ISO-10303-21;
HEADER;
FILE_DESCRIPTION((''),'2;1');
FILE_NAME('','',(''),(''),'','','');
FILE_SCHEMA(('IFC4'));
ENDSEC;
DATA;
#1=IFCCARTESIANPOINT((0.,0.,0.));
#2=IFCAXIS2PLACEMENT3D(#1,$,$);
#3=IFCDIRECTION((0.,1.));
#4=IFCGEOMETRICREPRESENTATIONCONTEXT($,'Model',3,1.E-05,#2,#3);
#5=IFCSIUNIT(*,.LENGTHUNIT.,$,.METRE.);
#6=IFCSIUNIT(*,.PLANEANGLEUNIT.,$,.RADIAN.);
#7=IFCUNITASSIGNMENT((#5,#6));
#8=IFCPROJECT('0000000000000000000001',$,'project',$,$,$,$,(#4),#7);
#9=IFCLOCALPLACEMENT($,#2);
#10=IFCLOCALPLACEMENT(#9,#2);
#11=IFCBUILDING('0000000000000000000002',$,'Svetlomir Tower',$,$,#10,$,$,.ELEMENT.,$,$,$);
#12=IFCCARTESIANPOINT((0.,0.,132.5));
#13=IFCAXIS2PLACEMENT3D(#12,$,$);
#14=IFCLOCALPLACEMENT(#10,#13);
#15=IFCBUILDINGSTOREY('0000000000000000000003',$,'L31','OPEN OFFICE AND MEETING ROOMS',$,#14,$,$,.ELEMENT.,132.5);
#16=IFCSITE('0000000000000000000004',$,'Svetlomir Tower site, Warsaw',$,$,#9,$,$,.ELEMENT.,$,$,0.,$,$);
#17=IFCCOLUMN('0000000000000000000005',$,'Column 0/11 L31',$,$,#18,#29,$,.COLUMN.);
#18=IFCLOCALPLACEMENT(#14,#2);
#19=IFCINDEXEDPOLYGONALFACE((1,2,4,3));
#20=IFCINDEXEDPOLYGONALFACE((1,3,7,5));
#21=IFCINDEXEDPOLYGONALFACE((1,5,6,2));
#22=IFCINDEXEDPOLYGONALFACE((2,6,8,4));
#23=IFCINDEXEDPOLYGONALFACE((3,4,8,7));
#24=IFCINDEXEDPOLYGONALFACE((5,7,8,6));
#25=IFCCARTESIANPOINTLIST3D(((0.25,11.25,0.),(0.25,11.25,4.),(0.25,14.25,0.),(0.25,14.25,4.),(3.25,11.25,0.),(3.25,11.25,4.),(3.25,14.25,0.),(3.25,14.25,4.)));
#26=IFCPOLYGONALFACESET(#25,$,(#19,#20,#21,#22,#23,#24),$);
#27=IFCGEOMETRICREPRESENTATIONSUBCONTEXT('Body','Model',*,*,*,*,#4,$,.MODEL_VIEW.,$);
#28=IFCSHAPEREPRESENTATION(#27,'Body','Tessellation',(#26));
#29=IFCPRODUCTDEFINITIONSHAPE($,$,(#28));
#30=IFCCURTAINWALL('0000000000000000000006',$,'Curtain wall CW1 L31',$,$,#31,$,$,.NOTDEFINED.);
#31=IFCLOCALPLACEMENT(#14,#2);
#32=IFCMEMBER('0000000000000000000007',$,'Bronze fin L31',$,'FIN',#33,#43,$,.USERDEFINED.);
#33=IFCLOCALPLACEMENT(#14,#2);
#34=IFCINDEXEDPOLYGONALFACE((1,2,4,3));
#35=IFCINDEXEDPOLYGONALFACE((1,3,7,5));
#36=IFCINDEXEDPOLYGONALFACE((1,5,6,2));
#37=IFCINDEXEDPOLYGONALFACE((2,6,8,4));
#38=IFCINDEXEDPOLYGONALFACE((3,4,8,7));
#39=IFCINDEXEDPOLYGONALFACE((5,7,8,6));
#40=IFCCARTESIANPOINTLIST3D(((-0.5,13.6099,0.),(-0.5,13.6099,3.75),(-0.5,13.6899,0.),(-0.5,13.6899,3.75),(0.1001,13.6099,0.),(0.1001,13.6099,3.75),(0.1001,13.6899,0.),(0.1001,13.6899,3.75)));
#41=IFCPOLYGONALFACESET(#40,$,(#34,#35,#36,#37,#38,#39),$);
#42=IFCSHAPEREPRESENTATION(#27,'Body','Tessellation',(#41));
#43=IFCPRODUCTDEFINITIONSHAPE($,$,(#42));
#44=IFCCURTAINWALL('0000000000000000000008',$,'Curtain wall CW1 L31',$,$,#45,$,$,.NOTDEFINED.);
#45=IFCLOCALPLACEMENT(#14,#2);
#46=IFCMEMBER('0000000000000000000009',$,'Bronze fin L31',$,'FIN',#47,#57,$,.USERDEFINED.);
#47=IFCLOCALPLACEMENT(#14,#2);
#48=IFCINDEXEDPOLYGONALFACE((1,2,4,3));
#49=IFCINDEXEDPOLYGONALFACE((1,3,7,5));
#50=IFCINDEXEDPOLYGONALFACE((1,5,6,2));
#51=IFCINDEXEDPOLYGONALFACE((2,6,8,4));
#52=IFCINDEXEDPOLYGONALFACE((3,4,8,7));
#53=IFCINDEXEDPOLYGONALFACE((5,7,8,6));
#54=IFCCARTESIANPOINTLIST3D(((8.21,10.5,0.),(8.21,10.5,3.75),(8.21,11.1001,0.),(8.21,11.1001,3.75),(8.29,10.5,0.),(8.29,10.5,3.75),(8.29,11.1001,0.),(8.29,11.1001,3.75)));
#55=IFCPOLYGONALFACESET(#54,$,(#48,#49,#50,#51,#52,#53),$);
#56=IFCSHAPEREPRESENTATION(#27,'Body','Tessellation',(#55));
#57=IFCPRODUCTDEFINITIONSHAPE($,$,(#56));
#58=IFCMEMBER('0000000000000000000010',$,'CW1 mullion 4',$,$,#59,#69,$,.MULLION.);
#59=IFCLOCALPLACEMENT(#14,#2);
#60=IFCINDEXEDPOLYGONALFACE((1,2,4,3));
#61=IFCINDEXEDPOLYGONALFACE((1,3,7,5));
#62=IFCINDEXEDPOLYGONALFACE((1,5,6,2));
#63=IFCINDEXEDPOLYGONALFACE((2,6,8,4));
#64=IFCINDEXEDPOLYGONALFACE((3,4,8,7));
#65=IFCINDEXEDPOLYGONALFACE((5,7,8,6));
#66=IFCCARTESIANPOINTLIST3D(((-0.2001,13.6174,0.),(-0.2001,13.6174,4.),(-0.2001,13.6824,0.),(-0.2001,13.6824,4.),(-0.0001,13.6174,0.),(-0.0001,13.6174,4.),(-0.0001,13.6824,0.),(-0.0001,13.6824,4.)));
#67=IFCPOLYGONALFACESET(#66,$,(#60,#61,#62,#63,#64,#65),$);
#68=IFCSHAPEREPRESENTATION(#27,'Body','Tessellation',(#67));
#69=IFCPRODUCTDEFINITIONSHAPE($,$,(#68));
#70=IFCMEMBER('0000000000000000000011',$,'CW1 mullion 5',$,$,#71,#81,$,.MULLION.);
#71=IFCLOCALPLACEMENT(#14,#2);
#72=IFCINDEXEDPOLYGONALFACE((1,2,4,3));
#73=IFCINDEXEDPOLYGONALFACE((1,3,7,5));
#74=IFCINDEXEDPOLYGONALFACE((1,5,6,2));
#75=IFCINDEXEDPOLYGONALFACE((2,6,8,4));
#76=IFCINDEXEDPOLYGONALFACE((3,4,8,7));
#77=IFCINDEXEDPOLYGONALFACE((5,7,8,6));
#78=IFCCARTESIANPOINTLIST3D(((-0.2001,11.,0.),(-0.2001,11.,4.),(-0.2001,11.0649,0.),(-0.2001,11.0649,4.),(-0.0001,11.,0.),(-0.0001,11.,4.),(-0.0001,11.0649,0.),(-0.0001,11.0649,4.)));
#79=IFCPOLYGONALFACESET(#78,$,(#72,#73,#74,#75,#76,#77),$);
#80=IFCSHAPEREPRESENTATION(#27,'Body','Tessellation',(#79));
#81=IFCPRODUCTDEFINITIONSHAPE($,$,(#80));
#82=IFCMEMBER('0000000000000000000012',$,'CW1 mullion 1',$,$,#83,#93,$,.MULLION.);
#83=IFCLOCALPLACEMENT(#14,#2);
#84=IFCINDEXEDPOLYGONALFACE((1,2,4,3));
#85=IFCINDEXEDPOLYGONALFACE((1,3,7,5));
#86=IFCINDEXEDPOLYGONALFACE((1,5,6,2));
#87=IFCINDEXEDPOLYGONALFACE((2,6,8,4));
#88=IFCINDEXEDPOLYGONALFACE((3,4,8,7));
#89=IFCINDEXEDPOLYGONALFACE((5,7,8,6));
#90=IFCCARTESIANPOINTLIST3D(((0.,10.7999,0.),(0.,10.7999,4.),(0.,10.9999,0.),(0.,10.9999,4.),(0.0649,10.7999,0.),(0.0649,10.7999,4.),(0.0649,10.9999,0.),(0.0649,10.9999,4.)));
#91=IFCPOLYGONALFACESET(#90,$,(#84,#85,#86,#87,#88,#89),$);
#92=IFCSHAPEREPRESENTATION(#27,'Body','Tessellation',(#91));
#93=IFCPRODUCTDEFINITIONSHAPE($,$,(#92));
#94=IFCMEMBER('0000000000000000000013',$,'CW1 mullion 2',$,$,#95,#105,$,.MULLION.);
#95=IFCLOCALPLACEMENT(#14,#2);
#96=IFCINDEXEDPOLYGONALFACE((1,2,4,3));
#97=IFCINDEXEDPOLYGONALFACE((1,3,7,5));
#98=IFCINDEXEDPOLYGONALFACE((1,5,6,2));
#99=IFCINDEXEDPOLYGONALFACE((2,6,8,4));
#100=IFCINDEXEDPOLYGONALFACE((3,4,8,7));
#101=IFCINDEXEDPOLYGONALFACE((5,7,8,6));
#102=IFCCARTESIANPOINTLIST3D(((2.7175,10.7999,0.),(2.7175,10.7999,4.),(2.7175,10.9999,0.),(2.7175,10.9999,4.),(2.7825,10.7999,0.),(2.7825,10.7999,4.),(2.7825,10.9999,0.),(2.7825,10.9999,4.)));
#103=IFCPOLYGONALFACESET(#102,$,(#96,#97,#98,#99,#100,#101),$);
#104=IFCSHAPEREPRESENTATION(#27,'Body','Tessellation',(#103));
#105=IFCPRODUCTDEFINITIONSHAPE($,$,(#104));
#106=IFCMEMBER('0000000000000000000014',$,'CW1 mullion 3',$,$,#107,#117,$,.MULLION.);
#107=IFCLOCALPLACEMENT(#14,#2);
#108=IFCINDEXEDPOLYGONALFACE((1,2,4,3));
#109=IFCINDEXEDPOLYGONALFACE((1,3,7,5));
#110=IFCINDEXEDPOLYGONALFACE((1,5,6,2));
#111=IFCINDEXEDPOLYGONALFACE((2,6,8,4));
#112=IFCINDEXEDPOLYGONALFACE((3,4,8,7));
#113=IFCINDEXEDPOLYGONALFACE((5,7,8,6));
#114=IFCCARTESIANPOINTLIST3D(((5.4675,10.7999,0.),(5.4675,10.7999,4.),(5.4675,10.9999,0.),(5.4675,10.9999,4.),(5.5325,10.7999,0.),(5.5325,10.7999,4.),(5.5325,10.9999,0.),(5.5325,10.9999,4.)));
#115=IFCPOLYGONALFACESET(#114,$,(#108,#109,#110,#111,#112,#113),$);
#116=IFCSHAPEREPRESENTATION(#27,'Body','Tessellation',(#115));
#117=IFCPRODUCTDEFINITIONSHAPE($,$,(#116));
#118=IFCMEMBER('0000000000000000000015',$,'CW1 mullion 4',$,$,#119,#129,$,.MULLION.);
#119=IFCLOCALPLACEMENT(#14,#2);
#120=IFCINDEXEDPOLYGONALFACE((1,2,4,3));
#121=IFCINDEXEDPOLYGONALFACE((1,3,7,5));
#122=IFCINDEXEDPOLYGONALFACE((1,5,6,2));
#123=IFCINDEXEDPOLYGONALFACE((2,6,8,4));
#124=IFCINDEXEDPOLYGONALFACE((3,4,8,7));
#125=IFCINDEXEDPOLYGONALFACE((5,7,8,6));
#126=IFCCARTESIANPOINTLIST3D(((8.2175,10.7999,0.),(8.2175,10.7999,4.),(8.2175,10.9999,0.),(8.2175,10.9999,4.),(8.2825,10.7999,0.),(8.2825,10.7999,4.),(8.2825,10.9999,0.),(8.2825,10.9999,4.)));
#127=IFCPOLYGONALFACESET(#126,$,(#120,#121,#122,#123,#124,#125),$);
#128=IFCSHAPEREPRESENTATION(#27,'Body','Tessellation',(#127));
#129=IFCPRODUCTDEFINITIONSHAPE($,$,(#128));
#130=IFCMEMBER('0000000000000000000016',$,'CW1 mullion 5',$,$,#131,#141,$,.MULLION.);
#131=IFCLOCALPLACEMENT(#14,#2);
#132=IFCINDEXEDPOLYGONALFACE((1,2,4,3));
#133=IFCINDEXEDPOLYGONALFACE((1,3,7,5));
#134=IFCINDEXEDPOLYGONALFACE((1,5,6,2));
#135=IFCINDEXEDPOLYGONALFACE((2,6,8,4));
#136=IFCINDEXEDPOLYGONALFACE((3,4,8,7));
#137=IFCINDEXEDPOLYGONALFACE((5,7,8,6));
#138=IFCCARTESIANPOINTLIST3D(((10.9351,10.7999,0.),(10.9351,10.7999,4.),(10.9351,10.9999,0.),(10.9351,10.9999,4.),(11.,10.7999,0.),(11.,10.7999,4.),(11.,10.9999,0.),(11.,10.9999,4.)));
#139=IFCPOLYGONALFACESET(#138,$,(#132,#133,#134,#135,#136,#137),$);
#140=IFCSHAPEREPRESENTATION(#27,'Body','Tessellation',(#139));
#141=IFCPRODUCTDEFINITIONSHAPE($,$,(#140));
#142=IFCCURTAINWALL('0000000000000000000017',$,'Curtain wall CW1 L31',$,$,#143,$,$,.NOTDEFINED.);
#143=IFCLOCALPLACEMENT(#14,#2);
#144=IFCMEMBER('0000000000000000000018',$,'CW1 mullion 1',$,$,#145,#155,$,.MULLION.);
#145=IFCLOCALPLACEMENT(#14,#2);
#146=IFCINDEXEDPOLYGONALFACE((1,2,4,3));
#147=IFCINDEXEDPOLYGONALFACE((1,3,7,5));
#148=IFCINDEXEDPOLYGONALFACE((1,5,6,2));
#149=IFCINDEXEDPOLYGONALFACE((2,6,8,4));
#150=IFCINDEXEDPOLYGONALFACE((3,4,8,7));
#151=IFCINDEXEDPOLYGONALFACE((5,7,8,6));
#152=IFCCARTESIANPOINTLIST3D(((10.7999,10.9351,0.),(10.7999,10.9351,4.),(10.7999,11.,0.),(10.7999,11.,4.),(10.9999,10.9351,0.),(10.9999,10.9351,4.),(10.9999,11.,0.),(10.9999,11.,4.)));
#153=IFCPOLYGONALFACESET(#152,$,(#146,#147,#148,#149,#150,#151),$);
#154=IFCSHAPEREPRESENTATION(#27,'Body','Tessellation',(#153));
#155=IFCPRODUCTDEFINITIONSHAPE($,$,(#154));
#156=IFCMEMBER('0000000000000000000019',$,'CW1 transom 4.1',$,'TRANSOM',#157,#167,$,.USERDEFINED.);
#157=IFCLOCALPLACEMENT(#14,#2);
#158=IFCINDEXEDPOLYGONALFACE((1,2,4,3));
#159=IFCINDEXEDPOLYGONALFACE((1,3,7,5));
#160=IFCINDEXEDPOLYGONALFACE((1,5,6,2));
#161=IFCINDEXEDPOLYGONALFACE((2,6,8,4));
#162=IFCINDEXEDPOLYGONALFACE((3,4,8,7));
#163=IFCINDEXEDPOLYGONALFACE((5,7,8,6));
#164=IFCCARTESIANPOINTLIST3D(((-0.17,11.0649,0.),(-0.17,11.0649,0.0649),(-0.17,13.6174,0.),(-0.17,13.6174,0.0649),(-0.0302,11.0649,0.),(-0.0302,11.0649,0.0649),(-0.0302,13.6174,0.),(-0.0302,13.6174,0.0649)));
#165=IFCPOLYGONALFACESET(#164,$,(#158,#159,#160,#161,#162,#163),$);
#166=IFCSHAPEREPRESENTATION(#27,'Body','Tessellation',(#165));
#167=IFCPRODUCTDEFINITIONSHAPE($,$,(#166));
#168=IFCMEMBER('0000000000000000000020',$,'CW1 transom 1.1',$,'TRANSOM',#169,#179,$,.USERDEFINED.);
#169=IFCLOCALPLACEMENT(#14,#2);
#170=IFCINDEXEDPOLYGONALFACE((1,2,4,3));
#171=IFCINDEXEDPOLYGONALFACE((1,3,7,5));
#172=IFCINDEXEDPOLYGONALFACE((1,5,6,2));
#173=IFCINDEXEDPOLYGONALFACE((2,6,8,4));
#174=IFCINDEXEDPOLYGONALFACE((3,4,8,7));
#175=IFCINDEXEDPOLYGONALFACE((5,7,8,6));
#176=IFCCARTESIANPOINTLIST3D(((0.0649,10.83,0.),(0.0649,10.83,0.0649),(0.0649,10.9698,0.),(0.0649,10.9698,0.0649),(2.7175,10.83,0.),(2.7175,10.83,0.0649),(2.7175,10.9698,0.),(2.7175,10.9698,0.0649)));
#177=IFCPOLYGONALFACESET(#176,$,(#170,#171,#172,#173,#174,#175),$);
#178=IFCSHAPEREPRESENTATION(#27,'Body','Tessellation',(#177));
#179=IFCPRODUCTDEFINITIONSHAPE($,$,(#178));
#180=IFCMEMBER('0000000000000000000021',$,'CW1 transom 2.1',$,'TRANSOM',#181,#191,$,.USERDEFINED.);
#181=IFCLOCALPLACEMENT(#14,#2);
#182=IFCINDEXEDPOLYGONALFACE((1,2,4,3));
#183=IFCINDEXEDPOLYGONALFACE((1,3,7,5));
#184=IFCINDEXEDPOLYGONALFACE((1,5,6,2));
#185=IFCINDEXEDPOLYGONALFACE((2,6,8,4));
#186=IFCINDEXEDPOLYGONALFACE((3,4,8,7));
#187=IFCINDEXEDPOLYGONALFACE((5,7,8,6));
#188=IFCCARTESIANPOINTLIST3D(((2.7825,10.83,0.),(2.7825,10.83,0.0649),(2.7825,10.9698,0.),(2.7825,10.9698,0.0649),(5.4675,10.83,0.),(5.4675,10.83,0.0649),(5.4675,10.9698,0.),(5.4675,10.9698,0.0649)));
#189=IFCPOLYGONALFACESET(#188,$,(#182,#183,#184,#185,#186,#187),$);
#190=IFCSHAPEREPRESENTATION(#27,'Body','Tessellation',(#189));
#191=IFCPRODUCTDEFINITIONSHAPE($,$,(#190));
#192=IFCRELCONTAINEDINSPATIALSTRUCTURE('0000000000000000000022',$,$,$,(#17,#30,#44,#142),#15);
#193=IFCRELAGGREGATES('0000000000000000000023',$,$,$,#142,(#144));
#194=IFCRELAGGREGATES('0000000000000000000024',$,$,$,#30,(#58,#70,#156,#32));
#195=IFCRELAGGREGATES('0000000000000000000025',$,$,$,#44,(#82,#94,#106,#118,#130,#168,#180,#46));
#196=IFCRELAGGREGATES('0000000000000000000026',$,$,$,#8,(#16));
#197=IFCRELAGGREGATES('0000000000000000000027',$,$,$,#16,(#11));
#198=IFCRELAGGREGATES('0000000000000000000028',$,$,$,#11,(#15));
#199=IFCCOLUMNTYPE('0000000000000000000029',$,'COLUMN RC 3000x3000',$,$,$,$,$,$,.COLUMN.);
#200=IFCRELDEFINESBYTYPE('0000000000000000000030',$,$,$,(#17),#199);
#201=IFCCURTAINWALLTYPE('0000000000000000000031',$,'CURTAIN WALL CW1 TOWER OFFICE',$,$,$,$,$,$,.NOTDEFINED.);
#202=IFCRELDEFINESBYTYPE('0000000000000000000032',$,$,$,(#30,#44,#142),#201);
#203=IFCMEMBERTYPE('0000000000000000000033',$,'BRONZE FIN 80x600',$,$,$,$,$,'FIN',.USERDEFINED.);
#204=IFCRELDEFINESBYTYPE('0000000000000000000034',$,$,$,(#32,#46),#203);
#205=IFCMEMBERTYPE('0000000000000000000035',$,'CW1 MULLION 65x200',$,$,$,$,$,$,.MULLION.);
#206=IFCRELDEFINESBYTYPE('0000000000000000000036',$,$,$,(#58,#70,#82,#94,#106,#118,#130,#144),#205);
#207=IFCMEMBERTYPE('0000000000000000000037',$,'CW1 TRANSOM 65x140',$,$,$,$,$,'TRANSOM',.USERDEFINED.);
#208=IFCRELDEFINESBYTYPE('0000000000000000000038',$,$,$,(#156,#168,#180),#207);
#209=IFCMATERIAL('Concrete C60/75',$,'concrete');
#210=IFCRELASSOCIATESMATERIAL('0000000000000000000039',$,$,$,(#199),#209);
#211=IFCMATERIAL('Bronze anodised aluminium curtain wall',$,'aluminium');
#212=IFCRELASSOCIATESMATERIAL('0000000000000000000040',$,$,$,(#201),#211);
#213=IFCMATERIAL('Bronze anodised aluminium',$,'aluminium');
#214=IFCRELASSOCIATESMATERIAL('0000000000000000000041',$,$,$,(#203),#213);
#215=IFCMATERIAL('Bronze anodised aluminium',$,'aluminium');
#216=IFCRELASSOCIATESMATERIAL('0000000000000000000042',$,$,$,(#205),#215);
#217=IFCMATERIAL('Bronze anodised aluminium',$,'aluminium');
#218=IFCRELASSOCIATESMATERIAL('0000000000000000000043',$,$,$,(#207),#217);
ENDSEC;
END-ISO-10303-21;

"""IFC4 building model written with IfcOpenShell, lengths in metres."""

from ifc_helpers import new_model, si_unit, direction, frame, origin, origin_2d, place, context, subcontext, project, spatial, rectangle, extrude, material, material_profile, profile_set, type_object, element, aggregate, save


model = new_model("IFC4")

# Units and contexts
model_context = context("Model", 3, precision=1e-05, world=origin(), true_north=direction((0.0, 1.0)))
body_context = subcontext(model_context, "Body", "Model", "MODEL_VIEW")
ifc_project = project(units=[si_unit("LENGTHUNIT", "METRE"), si_unit("PLANEANGLEUNIT", "RADIAN")], contexts=[model_context])

# Site, building, storey
site_placement = place(None, origin())
site = spatial("IfcSite", under=ifc_project, at=site_placement, Name="Svetlomir Tower site, Warsaw", CompositionType="ELEMENT", RefElevation=0.0)
building_placement = place(site_placement, origin())
building = spatial("IfcBuilding", under=site, at=building_placement, Name="Svetlomir Tower", CompositionType="ELEMENT")
storey_placement = place(building_placement, frame((0.0, 0.0, 132.5)))
storey = spatial("IfcBuildingStorey", under=building, at=storey_placement, Name="L31", Description="OPEN OFFICE AND MEETING ROOMS", CompositionType="ELEMENT", Elevation=132.5)

# Column
ifc_material_1 = material(Name="Concrete C60/75", Category="concrete")
ifc_material_profile_1 = material_profile(ifc_material_1, rectangle(XDim=3.0, YDim=3.0, at=origin_2d()), Name="RC 3000x3000")
ifc_profile_set_1 = profile_set([ifc_material_profile_1], Name="Concrete C60/75")
column_type = type_object("IfcColumnType", Name="COLUMN RC 3000x3000", PredefinedType="COLUMN", material=ifc_profile_set_1)
column_placement = place(storey_placement, frame((1.75, 12.75, 0.0), z_axis=(0.0, 0.0, 1.0), x_axis=(1.0, 0.0, 0.0)))
element("IfcColumn", 1, at=column_placement, inside=storey, type_object=column_type, Name="Column 0/11 L31", PredefinedType="COLUMN", context=body_context, shape_type="SweptSolid", body=[
    extrude(rectangle(XDim=3.0, YDim=3.0, at=origin_2d()), origin(), (0.0, 0.0, 1.0), 4.0),
])

# Curtain walls, members
ifc_material_2 = material(Name="Bronze anodised aluminium curtain wall", Category="aluminium")
curtain_wall_type = type_object("IfcCurtainWallType", Name="CURTAIN WALL CW1 TOWER OFFICE", PredefinedType="NOTDEFINED", material=ifc_material_2)
curtain_wall_1_placement = place(storey_placement, origin())
curtain_wall_1 = element("IfcCurtainWall", 2, at=curtain_wall_1_placement, inside=storey, type_object=curtain_wall_type, Name="Curtain wall CW1 L31", PredefinedType="NOTDEFINED")
ifc_material_3 = material(Name="Bronze anodised aluminium", Category="aluminium")
ifc_material_profile_2 = material_profile(ifc_material_3, rectangle(XDim=0.0801, YDim=0.6001, at=origin_2d()), Name="FIN 80x600")
ifc_profile_set_2 = profile_set([ifc_material_profile_2], Name="Bronze anodised aluminium 6063-T6")
member_type_1 = type_object("IfcMemberType", Name="BRONZE FIN 80x600", ElementType="FIN", PredefinedType="USERDEFINED", material=ifc_profile_set_2)
member_1_placement = place(storey_placement, frame((-0.2, 13.6499, 0.0), z_axis=(0.0, 0.0, 1.0), x_axis=(0.0, 1.0, 0.0)))
member_1 = element("IfcMember", 3, at=member_1_placement, type_object=member_type_1, Name="Bronze fin L31", ObjectType="FIN", PredefinedType="USERDEFINED", context=body_context, shape_type="SweptSolid", body=[
    extrude(rectangle(XDim=0.0801, YDim=0.6001, at=origin_2d()), origin(), (0.0, 0.0, 1.0), 3.75),
])
curtain_wall_2_placement = place(storey_placement, origin())
curtain_wall_2 = element("IfcCurtainWall", 4, at=curtain_wall_2_placement, inside=storey, type_object=curtain_wall_type, Name="Curtain wall CW1 L31", PredefinedType="NOTDEFINED")
member_2_placement = place(storey_placement, frame((8.25, 10.8, 0.0), z_axis=(0.0, 0.0, 1.0), x_axis=(1.0, 0.0, 0.0)))
member_2 = element("IfcMember", 5, at=member_2_placement, type_object=member_type_1, Name="Bronze fin L31", ObjectType="FIN", PredefinedType="USERDEFINED", context=body_context, shape_type="SweptSolid", body=[
    extrude(rectangle(XDim=0.0801, YDim=0.6001, at=origin_2d()), origin(), (0.0, 0.0, 1.0), 3.75),
])

# Members
ifc_material_4 = material(Name="Bronze anodised aluminium", Category="aluminium")
ifc_material_profile_3 = material_profile(ifc_material_4, rectangle(XDim=0.0649, YDim=0.2, at=origin_2d()), Name="AL 65x200")
ifc_profile_set_3 = profile_set([ifc_material_profile_3], Name="Bronze anodised aluminium 6063-T6")
member_type_2 = type_object("IfcMemberType", Name="CW1 MULLION 65x200", PredefinedType="MULLION", material=ifc_profile_set_3)
member_3_placement = place(storey_placement, frame((-0.1001, 13.6499, 0.0), z_axis=(0.0, 0.0, 1.0), x_axis=(0.0, -1.0, 0.0)))
member_3 = element("IfcMember", 6, at=member_3_placement, type_object=member_type_2, Name="CW1 mullion 4", PredefinedType="MULLION", context=body_context, shape_type="SweptSolid", body=[
    extrude(rectangle(XDim=0.0649, YDim=0.2, at=origin_2d()), origin(), (0.0, 0.0, 1.0), 4.0),
])
member_4_placement = place(storey_placement, frame((-0.1001, 11.0325, 0.0), z_axis=(0.0, 0.0, 1.0), x_axis=(0.0, -1.0, 0.0)))
member_4 = element("IfcMember", 7, at=member_4_placement, type_object=member_type_2, Name="CW1 mullion 5", PredefinedType="MULLION", context=body_context, shape_type="SweptSolid", body=[
    extrude(rectangle(XDim=0.0649, YDim=0.2, at=origin_2d()), origin(), (0.0, 0.0, 1.0), 4.0),
])
member_5_placement = place(storey_placement, frame((0.0325, 10.8999, 0.0), z_axis=(0.0, 0.0, 1.0), x_axis=(1.0, 0.0, 0.0)))
member_5 = element("IfcMember", 8, at=member_5_placement, type_object=member_type_2, Name="CW1 mullion 1", PredefinedType="MULLION", context=body_context, shape_type="SweptSolid", body=[
    extrude(rectangle(XDim=0.0649, YDim=0.2, at=origin_2d()), origin(), (0.0, 0.0, 1.0), 4.0),
])
member_6_placement = place(storey_placement, frame((2.75, 10.8999, 0.0), z_axis=(0.0, 0.0, 1.0), x_axis=(1.0, 0.0, 0.0)))
member_6 = element("IfcMember", 9, at=member_6_placement, type_object=member_type_2, Name="CW1 mullion 2", PredefinedType="MULLION", context=body_context, shape_type="SweptSolid", body=[
    extrude(rectangle(XDim=0.0649, YDim=0.2, at=origin_2d()), origin(), (0.0, 0.0, 1.0), 4.0),
])
member_7_placement = place(storey_placement, frame((5.5, 10.8999, 0.0), z_axis=(0.0, 0.0, 1.0), x_axis=(1.0, 0.0, 0.0)))
member_7 = element("IfcMember", 10, at=member_7_placement, type_object=member_type_2, Name="CW1 mullion 3", PredefinedType="MULLION", context=body_context, shape_type="SweptSolid", body=[
    extrude(rectangle(XDim=0.0649, YDim=0.2, at=origin_2d()), origin(), (0.0, 0.0, 1.0), 4.0),
])
member_8_placement = place(storey_placement, frame((8.25, 10.8999, 0.0), z_axis=(0.0, 0.0, 1.0), x_axis=(1.0, 0.0, 0.0)))
member_8 = element("IfcMember", 11, at=member_8_placement, type_object=member_type_2, Name="CW1 mullion 4", PredefinedType="MULLION", context=body_context, shape_type="SweptSolid", body=[
    extrude(rectangle(XDim=0.0649, YDim=0.2, at=origin_2d()), origin(), (0.0, 0.0, 1.0), 4.0),
])
member_9_placement = place(storey_placement, frame((10.9675, 10.8999, 0.0), z_axis=(0.0, 0.0, 1.0), x_axis=(1.0, 0.0, 0.0)))
member_9 = element("IfcMember", 12, at=member_9_placement, type_object=member_type_2, Name="CW1 mullion 5", PredefinedType="MULLION", context=body_context, shape_type="SweptSolid", body=[
    extrude(rectangle(XDim=0.0649, YDim=0.2, at=origin_2d()), origin(), (0.0, 0.0, 1.0), 4.0),
])

# Curtain wall, member
curtain_wall_3_placement = place(storey_placement, origin())
curtain_wall_3 = element("IfcCurtainWall", 13, at=curtain_wall_3_placement, inside=storey, type_object=curtain_wall_type, Name="Curtain wall CW1 L31", PredefinedType="NOTDEFINED")
member_10_placement = place(storey_placement, frame((10.8999, 10.9675, 0.0), z_axis=(0.0, 0.0, 1.0), x_axis=(0.0, -1.0, 0.0)))
member_10 = element("IfcMember", 14, at=member_10_placement, type_object=member_type_2, Name="CW1 mullion 1", PredefinedType="MULLION", context=body_context, shape_type="SweptSolid", body=[
    extrude(rectangle(XDim=0.0649, YDim=0.2, at=origin_2d()), origin(), (0.0, 0.0, 1.0), 4.0),
])

# Members
ifc_material_5 = material(Name="Bronze anodised aluminium", Category="aluminium")
ifc_material_profile_4 = material_profile(ifc_material_5, rectangle(XDim=0.1399, YDim=0.0649, at=origin_2d()), Name="AL 140x65")
ifc_profile_set_4 = profile_set([ifc_material_profile_4], Name="Bronze anodised aluminium 6063-T6")
member_type_3 = type_object("IfcMemberType", Name="CW1 TRANSOM 65x140", ElementType="TRANSOM", PredefinedType="USERDEFINED", material=ifc_profile_set_4)
member_11_placement = place(storey_placement, frame((-0.1001, 13.6174, 0.0325), z_axis=(0.0, -1.0, 0.0), x_axis=(1.0, 0.0, 0.0)))
member_11 = element("IfcMember", 15, at=member_11_placement, type_object=member_type_3, Name="CW1 transom 4.1", ObjectType="TRANSOM", PredefinedType="USERDEFINED", context=body_context, shape_type="SweptSolid", body=[
    extrude(rectangle(XDim=0.1399, YDim=0.0649, at=origin_2d()), origin(), (0.0, 0.0, 1.0), 2.5525),
])
member_12_placement = place(storey_placement, frame((0.0649, 10.8999, 0.0325), z_axis=(1.0, 0.0, 0.0), x_axis=(0.0, 1.0, 0.0)))
member_12 = element("IfcMember", 16, at=member_12_placement, type_object=member_type_3, Name="CW1 transom 1.1", ObjectType="TRANSOM", PredefinedType="USERDEFINED", context=body_context, shape_type="SweptSolid", body=[
    extrude(rectangle(XDim=0.1399, YDim=0.0649, at=origin_2d()), origin(), (0.0, 0.0, 1.0), 2.6526),
])
member_13_placement = place(storey_placement, frame((2.7825, 10.8999, 0.0325), z_axis=(1.0, 0.0, 0.0), x_axis=(0.0, 1.0, 0.0)))
member_13 = element("IfcMember", 17, at=member_13_placement, type_object=member_type_3, Name="CW1 transom 2.1", ObjectType="TRANSOM", PredefinedType="USERDEFINED", context=body_context, shape_type="SweptSolid", body=[
    extrude(rectangle(XDim=0.1399, YDim=0.0649, at=origin_2d()), origin(), (0.0, 0.0, 1.0), 2.6851),
])
aggregate(curtain_wall_3, [member_10])

aggregate(curtain_wall_1, [member_3, member_4, member_11, member_1])
aggregate(curtain_wall_2, [member_5, member_6, member_7, member_8, member_9, member_12, member_13, member_2])

save(model, "model.ifc")
